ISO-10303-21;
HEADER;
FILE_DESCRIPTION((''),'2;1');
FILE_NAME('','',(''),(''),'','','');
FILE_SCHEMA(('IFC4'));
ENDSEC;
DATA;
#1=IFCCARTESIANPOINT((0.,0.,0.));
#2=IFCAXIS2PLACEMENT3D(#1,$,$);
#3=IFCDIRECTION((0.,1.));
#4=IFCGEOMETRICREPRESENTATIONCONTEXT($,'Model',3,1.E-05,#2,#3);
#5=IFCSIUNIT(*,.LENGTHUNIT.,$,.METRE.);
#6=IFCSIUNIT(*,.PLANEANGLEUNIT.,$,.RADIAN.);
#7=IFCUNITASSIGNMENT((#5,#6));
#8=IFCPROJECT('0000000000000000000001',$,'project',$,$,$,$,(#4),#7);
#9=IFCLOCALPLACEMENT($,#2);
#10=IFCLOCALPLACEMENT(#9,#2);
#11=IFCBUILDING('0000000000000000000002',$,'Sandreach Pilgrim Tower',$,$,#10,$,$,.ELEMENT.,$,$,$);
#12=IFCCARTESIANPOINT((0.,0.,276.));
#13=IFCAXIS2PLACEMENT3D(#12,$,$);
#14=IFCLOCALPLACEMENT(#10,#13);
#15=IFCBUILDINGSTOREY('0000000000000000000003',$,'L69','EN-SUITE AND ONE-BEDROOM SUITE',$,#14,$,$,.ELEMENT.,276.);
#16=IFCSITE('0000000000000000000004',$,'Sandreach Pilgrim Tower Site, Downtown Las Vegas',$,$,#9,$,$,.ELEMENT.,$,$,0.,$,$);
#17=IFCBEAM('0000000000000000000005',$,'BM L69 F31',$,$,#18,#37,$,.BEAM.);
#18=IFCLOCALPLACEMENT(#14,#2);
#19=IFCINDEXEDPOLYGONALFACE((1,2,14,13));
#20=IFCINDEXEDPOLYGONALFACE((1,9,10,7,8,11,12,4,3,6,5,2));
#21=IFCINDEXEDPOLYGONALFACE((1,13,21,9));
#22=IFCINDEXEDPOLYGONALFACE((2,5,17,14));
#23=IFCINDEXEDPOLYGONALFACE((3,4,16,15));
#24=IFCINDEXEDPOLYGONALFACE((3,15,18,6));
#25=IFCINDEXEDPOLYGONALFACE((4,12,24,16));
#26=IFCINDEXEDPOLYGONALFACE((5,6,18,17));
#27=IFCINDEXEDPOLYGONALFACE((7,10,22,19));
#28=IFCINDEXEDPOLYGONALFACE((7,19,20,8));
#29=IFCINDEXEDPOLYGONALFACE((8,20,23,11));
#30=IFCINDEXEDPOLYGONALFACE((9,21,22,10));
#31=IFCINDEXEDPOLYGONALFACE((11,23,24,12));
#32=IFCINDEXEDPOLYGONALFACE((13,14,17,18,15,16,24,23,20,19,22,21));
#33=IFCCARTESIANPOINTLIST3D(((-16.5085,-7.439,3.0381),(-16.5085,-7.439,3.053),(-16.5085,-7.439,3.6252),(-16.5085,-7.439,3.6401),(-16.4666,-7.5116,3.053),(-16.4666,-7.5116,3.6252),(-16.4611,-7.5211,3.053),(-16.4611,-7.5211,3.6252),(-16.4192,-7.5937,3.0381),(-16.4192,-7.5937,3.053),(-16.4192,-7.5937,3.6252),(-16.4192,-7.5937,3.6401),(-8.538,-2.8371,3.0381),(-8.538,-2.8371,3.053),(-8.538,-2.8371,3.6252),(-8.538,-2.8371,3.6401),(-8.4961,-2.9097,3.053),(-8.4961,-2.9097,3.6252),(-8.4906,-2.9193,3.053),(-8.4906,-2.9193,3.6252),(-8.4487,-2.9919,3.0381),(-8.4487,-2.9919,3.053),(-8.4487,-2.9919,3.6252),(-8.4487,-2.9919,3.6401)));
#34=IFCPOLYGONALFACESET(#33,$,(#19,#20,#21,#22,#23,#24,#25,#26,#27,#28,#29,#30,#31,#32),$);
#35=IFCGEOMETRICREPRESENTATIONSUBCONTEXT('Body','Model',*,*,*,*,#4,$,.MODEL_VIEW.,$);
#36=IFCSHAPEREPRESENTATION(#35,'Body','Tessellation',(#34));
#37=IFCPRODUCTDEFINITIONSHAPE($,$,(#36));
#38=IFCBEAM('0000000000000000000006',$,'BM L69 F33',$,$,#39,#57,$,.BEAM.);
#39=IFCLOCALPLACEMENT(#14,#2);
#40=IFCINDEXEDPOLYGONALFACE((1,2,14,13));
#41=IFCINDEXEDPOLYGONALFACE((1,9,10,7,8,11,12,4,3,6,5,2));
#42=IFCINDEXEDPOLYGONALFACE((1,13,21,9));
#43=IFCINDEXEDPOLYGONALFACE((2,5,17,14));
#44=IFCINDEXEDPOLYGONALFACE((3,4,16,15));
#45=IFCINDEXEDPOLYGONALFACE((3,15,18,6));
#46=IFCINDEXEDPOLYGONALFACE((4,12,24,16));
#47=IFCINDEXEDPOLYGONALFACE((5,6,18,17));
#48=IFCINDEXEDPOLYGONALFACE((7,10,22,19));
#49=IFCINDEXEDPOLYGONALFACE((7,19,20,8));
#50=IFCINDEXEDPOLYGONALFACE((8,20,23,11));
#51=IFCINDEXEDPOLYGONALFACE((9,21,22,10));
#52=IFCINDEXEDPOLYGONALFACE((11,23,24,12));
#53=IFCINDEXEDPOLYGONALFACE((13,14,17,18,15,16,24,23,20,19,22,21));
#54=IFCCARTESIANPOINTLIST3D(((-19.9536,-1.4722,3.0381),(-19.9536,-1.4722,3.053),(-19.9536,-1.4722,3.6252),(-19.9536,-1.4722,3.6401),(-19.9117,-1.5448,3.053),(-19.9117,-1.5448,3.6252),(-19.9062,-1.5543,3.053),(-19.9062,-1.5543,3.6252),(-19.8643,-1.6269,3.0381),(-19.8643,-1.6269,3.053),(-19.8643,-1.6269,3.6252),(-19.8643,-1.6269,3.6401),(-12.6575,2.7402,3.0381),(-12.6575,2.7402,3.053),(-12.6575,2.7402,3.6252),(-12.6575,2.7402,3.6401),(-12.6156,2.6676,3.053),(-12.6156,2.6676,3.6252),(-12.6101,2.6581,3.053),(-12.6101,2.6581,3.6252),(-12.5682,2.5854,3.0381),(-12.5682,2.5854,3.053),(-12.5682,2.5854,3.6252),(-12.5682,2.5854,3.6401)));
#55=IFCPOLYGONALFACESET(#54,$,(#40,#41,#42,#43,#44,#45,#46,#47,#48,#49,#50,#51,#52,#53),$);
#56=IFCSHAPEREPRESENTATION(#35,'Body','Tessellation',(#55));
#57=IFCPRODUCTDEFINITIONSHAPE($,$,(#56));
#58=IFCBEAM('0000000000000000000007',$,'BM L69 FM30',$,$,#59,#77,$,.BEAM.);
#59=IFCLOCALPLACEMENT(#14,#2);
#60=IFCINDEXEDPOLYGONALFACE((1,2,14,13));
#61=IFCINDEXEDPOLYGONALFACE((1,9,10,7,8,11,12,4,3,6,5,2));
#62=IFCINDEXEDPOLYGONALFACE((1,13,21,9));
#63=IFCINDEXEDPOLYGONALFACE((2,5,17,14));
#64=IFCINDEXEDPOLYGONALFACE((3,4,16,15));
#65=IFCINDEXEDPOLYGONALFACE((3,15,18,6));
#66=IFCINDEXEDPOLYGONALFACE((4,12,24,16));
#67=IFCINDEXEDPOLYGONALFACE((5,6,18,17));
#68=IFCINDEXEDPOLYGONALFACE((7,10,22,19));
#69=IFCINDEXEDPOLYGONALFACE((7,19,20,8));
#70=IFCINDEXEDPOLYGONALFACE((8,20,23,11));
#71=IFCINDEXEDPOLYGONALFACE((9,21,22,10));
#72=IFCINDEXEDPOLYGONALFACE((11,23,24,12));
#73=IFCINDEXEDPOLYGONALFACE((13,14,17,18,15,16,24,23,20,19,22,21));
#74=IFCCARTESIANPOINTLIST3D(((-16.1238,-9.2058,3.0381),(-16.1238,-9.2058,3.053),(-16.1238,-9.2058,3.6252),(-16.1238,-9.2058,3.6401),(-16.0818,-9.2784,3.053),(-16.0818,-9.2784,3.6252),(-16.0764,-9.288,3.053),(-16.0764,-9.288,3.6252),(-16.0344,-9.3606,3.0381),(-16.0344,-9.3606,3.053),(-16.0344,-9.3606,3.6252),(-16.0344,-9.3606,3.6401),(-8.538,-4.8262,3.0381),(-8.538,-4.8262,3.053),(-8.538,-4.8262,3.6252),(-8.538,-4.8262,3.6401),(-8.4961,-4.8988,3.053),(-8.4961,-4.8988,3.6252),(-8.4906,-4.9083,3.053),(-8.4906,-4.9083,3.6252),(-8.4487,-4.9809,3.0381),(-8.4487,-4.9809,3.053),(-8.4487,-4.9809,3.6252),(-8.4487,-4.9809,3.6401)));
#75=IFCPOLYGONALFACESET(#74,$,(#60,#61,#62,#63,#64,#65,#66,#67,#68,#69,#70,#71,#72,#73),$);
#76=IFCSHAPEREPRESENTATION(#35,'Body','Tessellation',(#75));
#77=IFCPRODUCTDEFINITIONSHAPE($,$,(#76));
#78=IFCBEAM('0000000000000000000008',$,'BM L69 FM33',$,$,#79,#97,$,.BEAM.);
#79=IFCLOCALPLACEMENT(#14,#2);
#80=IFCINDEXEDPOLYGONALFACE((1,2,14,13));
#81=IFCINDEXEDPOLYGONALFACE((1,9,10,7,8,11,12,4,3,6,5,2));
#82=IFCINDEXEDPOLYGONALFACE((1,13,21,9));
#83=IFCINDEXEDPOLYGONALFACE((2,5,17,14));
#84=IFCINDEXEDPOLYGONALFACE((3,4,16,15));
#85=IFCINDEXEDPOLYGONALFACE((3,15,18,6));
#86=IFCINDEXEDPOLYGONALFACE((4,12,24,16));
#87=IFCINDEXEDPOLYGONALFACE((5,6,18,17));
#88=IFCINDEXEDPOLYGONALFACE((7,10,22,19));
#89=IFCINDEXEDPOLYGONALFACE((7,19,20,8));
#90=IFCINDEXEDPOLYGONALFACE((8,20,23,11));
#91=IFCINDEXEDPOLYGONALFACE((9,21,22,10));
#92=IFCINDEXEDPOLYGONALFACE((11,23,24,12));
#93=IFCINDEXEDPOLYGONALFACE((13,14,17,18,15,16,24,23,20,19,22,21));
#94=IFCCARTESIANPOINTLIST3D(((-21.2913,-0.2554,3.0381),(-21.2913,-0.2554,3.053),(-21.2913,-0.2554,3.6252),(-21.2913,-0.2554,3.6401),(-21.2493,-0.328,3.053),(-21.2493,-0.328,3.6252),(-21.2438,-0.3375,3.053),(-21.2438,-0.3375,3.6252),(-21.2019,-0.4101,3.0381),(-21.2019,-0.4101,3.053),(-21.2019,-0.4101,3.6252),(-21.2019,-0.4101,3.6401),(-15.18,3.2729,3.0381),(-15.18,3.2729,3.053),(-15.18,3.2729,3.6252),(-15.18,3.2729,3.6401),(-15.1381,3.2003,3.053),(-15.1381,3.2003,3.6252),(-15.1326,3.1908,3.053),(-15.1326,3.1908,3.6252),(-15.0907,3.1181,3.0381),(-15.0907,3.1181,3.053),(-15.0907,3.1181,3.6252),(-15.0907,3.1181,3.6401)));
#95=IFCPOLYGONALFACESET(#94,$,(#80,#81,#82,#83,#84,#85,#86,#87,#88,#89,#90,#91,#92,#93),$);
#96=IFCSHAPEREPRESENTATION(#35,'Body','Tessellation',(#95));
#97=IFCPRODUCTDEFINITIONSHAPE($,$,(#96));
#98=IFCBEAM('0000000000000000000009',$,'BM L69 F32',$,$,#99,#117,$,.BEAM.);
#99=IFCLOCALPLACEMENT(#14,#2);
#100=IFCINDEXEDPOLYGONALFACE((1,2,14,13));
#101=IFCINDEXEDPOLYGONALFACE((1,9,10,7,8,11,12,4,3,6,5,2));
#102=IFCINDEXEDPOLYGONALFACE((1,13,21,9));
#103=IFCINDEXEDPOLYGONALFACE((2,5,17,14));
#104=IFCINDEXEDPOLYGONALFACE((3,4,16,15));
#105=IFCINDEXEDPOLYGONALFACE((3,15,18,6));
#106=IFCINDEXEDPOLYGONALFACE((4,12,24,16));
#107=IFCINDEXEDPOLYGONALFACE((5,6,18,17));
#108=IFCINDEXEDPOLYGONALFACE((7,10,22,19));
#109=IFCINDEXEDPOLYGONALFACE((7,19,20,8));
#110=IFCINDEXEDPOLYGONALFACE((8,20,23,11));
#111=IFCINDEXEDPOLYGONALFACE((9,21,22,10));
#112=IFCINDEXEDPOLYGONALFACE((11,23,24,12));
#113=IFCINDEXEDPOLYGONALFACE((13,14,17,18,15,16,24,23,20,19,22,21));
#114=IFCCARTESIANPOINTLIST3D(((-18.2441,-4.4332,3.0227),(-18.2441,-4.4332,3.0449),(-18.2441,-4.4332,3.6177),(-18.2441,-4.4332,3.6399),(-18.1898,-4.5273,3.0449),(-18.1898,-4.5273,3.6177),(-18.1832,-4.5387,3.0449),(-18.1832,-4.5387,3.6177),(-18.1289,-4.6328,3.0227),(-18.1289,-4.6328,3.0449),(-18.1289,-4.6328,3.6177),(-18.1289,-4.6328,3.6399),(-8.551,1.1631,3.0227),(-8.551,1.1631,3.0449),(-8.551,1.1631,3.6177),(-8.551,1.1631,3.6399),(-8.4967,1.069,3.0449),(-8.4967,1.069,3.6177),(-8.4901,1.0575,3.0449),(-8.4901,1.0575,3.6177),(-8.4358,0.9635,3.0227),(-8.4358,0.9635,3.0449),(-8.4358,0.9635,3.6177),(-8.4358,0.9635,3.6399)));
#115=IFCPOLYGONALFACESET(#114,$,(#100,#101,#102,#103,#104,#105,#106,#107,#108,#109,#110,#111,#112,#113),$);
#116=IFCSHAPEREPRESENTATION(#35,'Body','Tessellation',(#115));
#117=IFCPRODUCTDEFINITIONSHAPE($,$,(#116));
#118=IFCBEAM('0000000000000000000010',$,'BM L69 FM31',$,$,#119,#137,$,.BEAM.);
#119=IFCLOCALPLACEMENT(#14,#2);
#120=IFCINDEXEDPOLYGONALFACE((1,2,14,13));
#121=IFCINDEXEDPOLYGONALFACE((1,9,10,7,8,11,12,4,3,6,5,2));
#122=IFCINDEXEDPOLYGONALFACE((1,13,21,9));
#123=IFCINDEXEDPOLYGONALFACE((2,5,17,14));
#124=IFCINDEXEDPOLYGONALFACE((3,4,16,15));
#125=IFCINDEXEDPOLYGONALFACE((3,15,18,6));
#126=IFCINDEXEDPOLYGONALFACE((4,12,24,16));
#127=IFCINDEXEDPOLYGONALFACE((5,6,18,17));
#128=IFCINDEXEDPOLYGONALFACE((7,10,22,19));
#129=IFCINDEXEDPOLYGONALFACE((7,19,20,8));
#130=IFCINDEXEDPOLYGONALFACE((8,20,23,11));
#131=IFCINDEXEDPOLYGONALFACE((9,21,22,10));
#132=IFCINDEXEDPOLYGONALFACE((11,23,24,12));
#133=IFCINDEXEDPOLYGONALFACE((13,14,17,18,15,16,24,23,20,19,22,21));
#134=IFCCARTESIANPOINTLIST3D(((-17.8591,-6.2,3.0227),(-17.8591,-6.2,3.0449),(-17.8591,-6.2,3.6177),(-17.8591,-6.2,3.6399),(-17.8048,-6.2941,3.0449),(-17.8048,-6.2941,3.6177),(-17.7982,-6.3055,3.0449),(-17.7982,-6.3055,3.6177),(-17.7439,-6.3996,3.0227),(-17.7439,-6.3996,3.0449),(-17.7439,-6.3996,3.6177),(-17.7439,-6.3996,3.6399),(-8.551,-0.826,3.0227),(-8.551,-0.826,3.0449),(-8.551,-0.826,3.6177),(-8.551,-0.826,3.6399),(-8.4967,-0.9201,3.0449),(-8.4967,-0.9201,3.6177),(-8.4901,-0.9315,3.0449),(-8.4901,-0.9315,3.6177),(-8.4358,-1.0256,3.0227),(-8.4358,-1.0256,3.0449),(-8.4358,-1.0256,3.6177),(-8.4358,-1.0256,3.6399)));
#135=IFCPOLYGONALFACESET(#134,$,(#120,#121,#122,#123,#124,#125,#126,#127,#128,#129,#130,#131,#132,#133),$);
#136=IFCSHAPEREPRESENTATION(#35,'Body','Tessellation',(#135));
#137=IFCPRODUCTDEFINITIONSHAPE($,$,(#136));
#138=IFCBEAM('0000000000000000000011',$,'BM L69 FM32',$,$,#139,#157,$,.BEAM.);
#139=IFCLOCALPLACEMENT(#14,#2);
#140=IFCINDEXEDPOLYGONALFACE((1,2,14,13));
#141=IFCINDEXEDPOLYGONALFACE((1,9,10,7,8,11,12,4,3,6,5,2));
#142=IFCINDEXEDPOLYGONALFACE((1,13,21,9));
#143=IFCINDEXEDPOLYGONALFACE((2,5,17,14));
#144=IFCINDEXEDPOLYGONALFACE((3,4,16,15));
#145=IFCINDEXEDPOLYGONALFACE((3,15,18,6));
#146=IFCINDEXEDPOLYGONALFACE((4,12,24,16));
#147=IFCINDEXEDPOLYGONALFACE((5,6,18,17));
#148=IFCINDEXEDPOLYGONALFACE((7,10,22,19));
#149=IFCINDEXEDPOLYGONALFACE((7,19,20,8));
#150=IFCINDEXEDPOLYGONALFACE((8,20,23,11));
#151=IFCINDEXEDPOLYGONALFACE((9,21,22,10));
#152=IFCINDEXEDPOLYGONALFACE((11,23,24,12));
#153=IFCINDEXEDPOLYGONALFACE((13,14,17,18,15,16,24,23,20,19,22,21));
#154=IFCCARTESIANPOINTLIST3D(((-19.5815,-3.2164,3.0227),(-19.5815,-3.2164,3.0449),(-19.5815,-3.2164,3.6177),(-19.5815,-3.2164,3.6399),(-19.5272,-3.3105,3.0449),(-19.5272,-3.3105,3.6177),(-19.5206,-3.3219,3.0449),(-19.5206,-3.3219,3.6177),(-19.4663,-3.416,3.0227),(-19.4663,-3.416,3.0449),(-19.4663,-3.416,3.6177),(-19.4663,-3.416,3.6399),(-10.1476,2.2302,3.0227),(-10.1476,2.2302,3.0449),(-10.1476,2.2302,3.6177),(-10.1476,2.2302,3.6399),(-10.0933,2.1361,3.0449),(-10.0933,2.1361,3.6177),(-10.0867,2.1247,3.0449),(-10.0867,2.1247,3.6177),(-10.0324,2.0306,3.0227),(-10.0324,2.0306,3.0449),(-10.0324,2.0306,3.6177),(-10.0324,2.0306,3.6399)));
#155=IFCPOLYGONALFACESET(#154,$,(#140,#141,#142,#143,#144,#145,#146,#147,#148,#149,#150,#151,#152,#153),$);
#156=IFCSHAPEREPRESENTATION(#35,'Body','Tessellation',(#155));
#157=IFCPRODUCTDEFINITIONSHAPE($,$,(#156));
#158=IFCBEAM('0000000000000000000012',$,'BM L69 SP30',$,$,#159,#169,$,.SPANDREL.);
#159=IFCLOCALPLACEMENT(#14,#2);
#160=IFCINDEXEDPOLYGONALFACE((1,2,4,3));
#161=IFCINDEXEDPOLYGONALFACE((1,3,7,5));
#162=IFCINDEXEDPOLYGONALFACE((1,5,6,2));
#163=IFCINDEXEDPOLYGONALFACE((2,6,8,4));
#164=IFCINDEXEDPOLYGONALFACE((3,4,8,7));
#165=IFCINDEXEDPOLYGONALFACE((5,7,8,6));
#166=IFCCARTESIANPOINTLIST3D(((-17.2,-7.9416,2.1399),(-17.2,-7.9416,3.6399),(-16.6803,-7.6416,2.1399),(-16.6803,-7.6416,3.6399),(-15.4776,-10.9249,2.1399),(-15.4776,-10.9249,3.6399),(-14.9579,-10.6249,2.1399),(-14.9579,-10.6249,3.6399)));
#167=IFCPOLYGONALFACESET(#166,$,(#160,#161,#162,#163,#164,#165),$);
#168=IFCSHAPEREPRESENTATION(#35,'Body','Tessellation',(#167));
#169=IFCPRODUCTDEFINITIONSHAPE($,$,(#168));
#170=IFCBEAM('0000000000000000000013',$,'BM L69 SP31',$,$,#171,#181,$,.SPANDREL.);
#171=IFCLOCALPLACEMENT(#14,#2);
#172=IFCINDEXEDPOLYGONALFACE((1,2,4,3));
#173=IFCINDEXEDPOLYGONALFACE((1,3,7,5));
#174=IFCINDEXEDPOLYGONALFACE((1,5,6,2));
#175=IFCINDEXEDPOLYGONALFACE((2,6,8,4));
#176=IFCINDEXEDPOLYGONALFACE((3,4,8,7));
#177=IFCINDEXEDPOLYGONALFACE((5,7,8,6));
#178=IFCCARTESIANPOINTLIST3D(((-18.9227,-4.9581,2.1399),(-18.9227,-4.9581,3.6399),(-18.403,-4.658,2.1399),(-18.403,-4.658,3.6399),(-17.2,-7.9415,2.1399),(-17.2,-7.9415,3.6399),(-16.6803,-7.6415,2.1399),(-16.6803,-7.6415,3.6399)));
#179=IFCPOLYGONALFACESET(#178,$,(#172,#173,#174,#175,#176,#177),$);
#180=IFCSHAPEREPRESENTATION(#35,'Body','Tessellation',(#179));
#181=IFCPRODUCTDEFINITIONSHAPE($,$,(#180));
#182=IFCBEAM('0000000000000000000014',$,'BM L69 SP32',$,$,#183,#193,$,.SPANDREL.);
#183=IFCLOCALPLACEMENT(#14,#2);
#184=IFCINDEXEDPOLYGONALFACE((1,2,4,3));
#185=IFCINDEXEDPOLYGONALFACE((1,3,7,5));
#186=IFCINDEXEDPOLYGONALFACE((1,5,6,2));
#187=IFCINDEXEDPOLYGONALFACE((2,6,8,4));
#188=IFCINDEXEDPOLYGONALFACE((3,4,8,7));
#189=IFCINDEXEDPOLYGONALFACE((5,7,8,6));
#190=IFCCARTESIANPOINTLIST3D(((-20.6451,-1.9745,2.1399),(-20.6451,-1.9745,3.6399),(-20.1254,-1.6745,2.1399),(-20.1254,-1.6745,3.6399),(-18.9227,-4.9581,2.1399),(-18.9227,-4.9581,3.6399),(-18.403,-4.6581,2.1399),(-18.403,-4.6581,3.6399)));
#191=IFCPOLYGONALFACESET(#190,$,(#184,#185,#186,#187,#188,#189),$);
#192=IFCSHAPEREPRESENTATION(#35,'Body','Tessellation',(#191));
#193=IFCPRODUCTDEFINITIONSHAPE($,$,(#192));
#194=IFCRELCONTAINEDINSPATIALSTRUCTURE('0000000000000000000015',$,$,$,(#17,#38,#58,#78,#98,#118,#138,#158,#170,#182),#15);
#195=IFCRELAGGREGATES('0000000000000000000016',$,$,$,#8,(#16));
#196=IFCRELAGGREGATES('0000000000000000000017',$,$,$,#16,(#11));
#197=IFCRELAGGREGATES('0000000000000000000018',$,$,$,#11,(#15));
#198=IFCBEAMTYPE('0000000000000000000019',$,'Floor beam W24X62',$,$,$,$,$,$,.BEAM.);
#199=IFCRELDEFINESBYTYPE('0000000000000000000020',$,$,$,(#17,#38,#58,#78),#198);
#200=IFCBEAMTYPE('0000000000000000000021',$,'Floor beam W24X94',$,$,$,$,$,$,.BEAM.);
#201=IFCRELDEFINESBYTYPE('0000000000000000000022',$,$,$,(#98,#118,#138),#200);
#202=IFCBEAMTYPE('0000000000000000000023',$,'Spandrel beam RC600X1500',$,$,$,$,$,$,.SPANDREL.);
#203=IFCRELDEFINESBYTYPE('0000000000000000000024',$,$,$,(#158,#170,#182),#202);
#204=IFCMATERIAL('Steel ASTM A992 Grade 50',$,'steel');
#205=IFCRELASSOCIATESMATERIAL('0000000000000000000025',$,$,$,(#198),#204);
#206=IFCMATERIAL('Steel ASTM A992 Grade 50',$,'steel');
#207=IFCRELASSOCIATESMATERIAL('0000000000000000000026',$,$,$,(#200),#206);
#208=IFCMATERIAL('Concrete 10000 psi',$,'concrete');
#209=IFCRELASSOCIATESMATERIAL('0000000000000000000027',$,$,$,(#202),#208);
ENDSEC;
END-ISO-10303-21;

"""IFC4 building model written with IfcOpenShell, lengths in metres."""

from ifc_helpers import new_model, si_unit, direction, frame, origin, origin_2d, place, context, subcontext, project, spatial, rectangle, i_section, extrude, material, material_profile, profile_set, type_object, element, save


model = new_model("IFC4")

# Units and contexts
model_context = context("Model", 3, precision=1e-05, world=origin(), true_north=direction((0.0, 1.0)))
body_context = subcontext(model_context, "Body", "Model", "MODEL_VIEW")
ifc_project = project(units=[si_unit("LENGTHUNIT", "METRE"), si_unit("PLANEANGLEUNIT", "RADIAN")], contexts=[model_context])

# Site, building, storey
site_placement = place(None, origin())
site = spatial("IfcSite", under=ifc_project, at=site_placement, Name="Sandreach Pilgrim Tower Site, Downtown Las Vegas", CompositionType="ELEMENT", RefElevation=0.0)
building_placement = place(site_placement, origin())
building = spatial("IfcBuilding", under=site, at=building_placement, Name="Sandreach Pilgrim Tower", CompositionType="ELEMENT")
storey_placement = place(building_placement, frame((0.0, 0.0, 276.0)))
storey = spatial("IfcBuildingStorey", under=building, at=storey_placement, Name="L69", Description="EN-SUITE AND ONE-BEDROOM SUITE", CompositionType="ELEMENT", Elevation=276.0)

# Beams
ifc_material_1 = material(Name="Steel ASTM A992 Grade 50", Category="steel")
ifc_material_profile_1 = material_profile(ifc_material_1, i_section(OverallWidth=0.1787, OverallDepth=0.6021, WebThickness=0.011, FlangeThickness=0.0149, at=origin_2d()), Name="W24X62")
ifc_profile_set_1 = profile_set([ifc_material_profile_1], Name="Steel ASTM A992 Grade 50")
beam_type_1 = type_object("IfcBeamType", Name="Floor beam W24X62", PredefinedType="BEAM", material=ifc_profile_set_1)
beam_1_placement = place(storey_placement, frame((-16.4639, -7.5164, 3.3391), z_axis=(0.866023, 0.500005, 0.0), x_axis=(-0.500005, 0.866023, 0.0)))
element("IfcBeam", 1, at=beam_1_placement, inside=storey, type_object=beam_type_1, Name="BM L69 F31", PredefinedType="BEAM", context=body_context, shape_type="SweptSolid", body=[
    extrude(i_section(OverallWidth=0.1787, OverallDepth=0.6021, WebThickness=0.011, FlangeThickness=0.0149, at=origin_2d()), origin(), (0.0, 0.0, 1.0), 9.2036),
])
beam_2_placement = place(storey_placement, frame((-19.9089, -1.5496, 3.3391), z_axis=(0.866027, 0.499998, 0.0), x_axis=(-0.499998, 0.866027, 0.0)))
element("IfcBeam", 2, at=beam_2_placement, inside=storey, type_object=beam_type_1, Name="BM L69 F33", PredefinedType="BEAM", context=body_context, shape_type="SweptSolid", body=[
    extrude(i_section(OverallWidth=0.1787, OverallDepth=0.6021, WebThickness=0.011, FlangeThickness=0.0149, at=origin_2d()), origin(), (0.0, 0.0, 1.0), 8.4248),
])
beam_3_placement = place(storey_placement, frame((-16.0791, -9.2832, 3.3391), z_axis=(0.866024, 0.500003, 0.0), x_axis=(-0.500003, 0.866024, 0.0)))
element("IfcBeam", 3, at=beam_3_placement, inside=storey, type_object=beam_type_1, Name="BM L69 FM30", PredefinedType="BEAM", context=body_context, shape_type="SweptSolid", body=[
    extrude(i_section(OverallWidth=0.1787, OverallDepth=0.6021, WebThickness=0.011, FlangeThickness=0.0149, at=origin_2d()), origin(), (0.0, 0.0, 1.0), 8.7593),
])
beam_4_placement = place(storey_placement, frame((-21.2466, -0.3328, 3.3391), z_axis=(0.866029, 0.499994, 0.0), x_axis=(-0.499994, 0.866029, 0.0)))
element("IfcBeam", 4, at=beam_4_placement, inside=storey, type_object=beam_type_1, Name="BM L69 FM33", PredefinedType="BEAM", context=body_context, shape_type="SweptSolid", body=[
    extrude(i_section(OverallWidth=0.1787, OverallDepth=0.6021, WebThickness=0.011, FlangeThickness=0.0149, at=origin_2d()), origin(), (0.0, 0.0, 1.0), 7.0566),
])
ifc_material_2 = material(Name="Steel ASTM A992 Grade 50", Category="steel")
ifc_material_profile_2 = material_profile(ifc_material_2, i_section(OverallWidth=0.2305, OverallDepth=0.6172, WebThickness=0.0132, FlangeThickness=0.0222, at=origin_2d()), Name="W24X94")
ifc_profile_set_2 = profile_set([ifc_material_profile_2], Name="Steel ASTM A992 Grade 50")
beam_type_2 = type_object("IfcBeamType", Name="Floor beam W24X94", PredefinedType="BEAM", material=ifc_profile_set_2)
beam_5_placement = place(storey_placement, frame((-18.1865, -4.533, 3.3313), z_axis=(0.86603, 0.499991, 0.0), x_axis=(-0.499991, 0.86603, 0.0)))
element("IfcBeam", 5, at=beam_5_placement, inside=storey, type_object=beam_type_2, Name="BM L69 F32", PredefinedType="BEAM", context=body_context, shape_type="SweptSolid", body=[
    extrude(i_section(OverallWidth=0.2305, OverallDepth=0.6172, WebThickness=0.0132, FlangeThickness=0.0222, at=origin_2d()), origin(), (0.0, 0.0, 1.0), 11.1926),
])
beam_6_placement = place(storey_placement, frame((-17.8015, -6.2998, 3.3313), z_axis=(0.866026, 0.499999, 0.0), x_axis=(-0.499999, 0.866026, 0.0)))
element("IfcBeam", 6, at=beam_6_placement, inside=storey, type_object=beam_type_2, Name="BM L69 FM31", PredefinedType="BEAM", context=body_context, shape_type="SweptSolid", body=[
    extrude(i_section(OverallWidth=0.2305, OverallDepth=0.6172, WebThickness=0.0132, FlangeThickness=0.0222, at=origin_2d()), origin(), (0.0, 0.0, 1.0), 10.748),
])
beam_7_placement = place(storey_placement, frame((-19.5239, -3.3162, 3.3313), z_axis=(0.866029, 0.499993, 0.0), x_axis=(-0.499993, 0.866029, 0.0)))
element("IfcBeam", 7, at=beam_7_placement, inside=storey, type_object=beam_type_2, Name="BM L69 FM32", PredefinedType="BEAM", context=body_context, shape_type="SweptSolid", body=[
    extrude(i_section(OverallWidth=0.2305, OverallDepth=0.6172, WebThickness=0.0132, FlangeThickness=0.0222, at=origin_2d()), origin(), (0.0, 0.0, 1.0), 10.8933),
])
ifc_material_3 = material(Name="Concrete 10000 psi", Category="concrete")
ifc_material_profile_3 = material_profile(ifc_material_3, rectangle(XDim=0.6001, YDim=1.5, at=origin_2d()), Name="RC600X1500")
ifc_profile_set_3 = profile_set([ifc_material_profile_3], Name="Concrete 10000 psi")
beam_type_3 = type_object("IfcBeamType", Name="Spandrel beam RC600X1500", PredefinedType="SPANDREL", material=ifc_profile_set_3)
beam_8_placement = place(storey_placement, frame((-15.2178, -10.7749, 2.8899), z_axis=(-0.499988, 0.866032, 0.0), x_axis=(-0.866032, -0.499988, 0.0)))
element("IfcBeam", 8, at=beam_8_placement, inside=storey, type_object=beam_type_3, Name="BM L69 SP30", PredefinedType="SPANDREL", context=body_context, shape_type="SweptSolid", body=[
    extrude(rectangle(XDim=0.6001, YDim=1.5, at=origin_2d()), origin(), (0.0, 0.0, 1.0), 3.4448),
])
for number, where, z_axis, x_axis, name in (
    (9, (-16.9402, -7.7915, 2.8899), (-0.500041, 0.866001, 0.0), (-0.866001, -0.500041, 0.0), "BM L69 SP31"),
    (10, (-18.6628, -4.8081, 2.8899), (-0.499958, 0.86605, 0.0), (-0.86605, -0.499958, 0.0), "BM L69 SP32"),
):
    element("IfcBeam", number, at=place(storey_placement, frame(where, z_axis=z_axis, x_axis=x_axis)), inside=storey, type_object=beam_type_3, Name=name, PredefinedType="SPANDREL", context=body_context, shape_type="SweptSolid", body=[
        extrude(rectangle(XDim=0.6001, YDim=1.5, at=origin_2d()), origin(), (0.0, 0.0, 1.0), 3.4451),
    ])

save(model, "model.ifc")
